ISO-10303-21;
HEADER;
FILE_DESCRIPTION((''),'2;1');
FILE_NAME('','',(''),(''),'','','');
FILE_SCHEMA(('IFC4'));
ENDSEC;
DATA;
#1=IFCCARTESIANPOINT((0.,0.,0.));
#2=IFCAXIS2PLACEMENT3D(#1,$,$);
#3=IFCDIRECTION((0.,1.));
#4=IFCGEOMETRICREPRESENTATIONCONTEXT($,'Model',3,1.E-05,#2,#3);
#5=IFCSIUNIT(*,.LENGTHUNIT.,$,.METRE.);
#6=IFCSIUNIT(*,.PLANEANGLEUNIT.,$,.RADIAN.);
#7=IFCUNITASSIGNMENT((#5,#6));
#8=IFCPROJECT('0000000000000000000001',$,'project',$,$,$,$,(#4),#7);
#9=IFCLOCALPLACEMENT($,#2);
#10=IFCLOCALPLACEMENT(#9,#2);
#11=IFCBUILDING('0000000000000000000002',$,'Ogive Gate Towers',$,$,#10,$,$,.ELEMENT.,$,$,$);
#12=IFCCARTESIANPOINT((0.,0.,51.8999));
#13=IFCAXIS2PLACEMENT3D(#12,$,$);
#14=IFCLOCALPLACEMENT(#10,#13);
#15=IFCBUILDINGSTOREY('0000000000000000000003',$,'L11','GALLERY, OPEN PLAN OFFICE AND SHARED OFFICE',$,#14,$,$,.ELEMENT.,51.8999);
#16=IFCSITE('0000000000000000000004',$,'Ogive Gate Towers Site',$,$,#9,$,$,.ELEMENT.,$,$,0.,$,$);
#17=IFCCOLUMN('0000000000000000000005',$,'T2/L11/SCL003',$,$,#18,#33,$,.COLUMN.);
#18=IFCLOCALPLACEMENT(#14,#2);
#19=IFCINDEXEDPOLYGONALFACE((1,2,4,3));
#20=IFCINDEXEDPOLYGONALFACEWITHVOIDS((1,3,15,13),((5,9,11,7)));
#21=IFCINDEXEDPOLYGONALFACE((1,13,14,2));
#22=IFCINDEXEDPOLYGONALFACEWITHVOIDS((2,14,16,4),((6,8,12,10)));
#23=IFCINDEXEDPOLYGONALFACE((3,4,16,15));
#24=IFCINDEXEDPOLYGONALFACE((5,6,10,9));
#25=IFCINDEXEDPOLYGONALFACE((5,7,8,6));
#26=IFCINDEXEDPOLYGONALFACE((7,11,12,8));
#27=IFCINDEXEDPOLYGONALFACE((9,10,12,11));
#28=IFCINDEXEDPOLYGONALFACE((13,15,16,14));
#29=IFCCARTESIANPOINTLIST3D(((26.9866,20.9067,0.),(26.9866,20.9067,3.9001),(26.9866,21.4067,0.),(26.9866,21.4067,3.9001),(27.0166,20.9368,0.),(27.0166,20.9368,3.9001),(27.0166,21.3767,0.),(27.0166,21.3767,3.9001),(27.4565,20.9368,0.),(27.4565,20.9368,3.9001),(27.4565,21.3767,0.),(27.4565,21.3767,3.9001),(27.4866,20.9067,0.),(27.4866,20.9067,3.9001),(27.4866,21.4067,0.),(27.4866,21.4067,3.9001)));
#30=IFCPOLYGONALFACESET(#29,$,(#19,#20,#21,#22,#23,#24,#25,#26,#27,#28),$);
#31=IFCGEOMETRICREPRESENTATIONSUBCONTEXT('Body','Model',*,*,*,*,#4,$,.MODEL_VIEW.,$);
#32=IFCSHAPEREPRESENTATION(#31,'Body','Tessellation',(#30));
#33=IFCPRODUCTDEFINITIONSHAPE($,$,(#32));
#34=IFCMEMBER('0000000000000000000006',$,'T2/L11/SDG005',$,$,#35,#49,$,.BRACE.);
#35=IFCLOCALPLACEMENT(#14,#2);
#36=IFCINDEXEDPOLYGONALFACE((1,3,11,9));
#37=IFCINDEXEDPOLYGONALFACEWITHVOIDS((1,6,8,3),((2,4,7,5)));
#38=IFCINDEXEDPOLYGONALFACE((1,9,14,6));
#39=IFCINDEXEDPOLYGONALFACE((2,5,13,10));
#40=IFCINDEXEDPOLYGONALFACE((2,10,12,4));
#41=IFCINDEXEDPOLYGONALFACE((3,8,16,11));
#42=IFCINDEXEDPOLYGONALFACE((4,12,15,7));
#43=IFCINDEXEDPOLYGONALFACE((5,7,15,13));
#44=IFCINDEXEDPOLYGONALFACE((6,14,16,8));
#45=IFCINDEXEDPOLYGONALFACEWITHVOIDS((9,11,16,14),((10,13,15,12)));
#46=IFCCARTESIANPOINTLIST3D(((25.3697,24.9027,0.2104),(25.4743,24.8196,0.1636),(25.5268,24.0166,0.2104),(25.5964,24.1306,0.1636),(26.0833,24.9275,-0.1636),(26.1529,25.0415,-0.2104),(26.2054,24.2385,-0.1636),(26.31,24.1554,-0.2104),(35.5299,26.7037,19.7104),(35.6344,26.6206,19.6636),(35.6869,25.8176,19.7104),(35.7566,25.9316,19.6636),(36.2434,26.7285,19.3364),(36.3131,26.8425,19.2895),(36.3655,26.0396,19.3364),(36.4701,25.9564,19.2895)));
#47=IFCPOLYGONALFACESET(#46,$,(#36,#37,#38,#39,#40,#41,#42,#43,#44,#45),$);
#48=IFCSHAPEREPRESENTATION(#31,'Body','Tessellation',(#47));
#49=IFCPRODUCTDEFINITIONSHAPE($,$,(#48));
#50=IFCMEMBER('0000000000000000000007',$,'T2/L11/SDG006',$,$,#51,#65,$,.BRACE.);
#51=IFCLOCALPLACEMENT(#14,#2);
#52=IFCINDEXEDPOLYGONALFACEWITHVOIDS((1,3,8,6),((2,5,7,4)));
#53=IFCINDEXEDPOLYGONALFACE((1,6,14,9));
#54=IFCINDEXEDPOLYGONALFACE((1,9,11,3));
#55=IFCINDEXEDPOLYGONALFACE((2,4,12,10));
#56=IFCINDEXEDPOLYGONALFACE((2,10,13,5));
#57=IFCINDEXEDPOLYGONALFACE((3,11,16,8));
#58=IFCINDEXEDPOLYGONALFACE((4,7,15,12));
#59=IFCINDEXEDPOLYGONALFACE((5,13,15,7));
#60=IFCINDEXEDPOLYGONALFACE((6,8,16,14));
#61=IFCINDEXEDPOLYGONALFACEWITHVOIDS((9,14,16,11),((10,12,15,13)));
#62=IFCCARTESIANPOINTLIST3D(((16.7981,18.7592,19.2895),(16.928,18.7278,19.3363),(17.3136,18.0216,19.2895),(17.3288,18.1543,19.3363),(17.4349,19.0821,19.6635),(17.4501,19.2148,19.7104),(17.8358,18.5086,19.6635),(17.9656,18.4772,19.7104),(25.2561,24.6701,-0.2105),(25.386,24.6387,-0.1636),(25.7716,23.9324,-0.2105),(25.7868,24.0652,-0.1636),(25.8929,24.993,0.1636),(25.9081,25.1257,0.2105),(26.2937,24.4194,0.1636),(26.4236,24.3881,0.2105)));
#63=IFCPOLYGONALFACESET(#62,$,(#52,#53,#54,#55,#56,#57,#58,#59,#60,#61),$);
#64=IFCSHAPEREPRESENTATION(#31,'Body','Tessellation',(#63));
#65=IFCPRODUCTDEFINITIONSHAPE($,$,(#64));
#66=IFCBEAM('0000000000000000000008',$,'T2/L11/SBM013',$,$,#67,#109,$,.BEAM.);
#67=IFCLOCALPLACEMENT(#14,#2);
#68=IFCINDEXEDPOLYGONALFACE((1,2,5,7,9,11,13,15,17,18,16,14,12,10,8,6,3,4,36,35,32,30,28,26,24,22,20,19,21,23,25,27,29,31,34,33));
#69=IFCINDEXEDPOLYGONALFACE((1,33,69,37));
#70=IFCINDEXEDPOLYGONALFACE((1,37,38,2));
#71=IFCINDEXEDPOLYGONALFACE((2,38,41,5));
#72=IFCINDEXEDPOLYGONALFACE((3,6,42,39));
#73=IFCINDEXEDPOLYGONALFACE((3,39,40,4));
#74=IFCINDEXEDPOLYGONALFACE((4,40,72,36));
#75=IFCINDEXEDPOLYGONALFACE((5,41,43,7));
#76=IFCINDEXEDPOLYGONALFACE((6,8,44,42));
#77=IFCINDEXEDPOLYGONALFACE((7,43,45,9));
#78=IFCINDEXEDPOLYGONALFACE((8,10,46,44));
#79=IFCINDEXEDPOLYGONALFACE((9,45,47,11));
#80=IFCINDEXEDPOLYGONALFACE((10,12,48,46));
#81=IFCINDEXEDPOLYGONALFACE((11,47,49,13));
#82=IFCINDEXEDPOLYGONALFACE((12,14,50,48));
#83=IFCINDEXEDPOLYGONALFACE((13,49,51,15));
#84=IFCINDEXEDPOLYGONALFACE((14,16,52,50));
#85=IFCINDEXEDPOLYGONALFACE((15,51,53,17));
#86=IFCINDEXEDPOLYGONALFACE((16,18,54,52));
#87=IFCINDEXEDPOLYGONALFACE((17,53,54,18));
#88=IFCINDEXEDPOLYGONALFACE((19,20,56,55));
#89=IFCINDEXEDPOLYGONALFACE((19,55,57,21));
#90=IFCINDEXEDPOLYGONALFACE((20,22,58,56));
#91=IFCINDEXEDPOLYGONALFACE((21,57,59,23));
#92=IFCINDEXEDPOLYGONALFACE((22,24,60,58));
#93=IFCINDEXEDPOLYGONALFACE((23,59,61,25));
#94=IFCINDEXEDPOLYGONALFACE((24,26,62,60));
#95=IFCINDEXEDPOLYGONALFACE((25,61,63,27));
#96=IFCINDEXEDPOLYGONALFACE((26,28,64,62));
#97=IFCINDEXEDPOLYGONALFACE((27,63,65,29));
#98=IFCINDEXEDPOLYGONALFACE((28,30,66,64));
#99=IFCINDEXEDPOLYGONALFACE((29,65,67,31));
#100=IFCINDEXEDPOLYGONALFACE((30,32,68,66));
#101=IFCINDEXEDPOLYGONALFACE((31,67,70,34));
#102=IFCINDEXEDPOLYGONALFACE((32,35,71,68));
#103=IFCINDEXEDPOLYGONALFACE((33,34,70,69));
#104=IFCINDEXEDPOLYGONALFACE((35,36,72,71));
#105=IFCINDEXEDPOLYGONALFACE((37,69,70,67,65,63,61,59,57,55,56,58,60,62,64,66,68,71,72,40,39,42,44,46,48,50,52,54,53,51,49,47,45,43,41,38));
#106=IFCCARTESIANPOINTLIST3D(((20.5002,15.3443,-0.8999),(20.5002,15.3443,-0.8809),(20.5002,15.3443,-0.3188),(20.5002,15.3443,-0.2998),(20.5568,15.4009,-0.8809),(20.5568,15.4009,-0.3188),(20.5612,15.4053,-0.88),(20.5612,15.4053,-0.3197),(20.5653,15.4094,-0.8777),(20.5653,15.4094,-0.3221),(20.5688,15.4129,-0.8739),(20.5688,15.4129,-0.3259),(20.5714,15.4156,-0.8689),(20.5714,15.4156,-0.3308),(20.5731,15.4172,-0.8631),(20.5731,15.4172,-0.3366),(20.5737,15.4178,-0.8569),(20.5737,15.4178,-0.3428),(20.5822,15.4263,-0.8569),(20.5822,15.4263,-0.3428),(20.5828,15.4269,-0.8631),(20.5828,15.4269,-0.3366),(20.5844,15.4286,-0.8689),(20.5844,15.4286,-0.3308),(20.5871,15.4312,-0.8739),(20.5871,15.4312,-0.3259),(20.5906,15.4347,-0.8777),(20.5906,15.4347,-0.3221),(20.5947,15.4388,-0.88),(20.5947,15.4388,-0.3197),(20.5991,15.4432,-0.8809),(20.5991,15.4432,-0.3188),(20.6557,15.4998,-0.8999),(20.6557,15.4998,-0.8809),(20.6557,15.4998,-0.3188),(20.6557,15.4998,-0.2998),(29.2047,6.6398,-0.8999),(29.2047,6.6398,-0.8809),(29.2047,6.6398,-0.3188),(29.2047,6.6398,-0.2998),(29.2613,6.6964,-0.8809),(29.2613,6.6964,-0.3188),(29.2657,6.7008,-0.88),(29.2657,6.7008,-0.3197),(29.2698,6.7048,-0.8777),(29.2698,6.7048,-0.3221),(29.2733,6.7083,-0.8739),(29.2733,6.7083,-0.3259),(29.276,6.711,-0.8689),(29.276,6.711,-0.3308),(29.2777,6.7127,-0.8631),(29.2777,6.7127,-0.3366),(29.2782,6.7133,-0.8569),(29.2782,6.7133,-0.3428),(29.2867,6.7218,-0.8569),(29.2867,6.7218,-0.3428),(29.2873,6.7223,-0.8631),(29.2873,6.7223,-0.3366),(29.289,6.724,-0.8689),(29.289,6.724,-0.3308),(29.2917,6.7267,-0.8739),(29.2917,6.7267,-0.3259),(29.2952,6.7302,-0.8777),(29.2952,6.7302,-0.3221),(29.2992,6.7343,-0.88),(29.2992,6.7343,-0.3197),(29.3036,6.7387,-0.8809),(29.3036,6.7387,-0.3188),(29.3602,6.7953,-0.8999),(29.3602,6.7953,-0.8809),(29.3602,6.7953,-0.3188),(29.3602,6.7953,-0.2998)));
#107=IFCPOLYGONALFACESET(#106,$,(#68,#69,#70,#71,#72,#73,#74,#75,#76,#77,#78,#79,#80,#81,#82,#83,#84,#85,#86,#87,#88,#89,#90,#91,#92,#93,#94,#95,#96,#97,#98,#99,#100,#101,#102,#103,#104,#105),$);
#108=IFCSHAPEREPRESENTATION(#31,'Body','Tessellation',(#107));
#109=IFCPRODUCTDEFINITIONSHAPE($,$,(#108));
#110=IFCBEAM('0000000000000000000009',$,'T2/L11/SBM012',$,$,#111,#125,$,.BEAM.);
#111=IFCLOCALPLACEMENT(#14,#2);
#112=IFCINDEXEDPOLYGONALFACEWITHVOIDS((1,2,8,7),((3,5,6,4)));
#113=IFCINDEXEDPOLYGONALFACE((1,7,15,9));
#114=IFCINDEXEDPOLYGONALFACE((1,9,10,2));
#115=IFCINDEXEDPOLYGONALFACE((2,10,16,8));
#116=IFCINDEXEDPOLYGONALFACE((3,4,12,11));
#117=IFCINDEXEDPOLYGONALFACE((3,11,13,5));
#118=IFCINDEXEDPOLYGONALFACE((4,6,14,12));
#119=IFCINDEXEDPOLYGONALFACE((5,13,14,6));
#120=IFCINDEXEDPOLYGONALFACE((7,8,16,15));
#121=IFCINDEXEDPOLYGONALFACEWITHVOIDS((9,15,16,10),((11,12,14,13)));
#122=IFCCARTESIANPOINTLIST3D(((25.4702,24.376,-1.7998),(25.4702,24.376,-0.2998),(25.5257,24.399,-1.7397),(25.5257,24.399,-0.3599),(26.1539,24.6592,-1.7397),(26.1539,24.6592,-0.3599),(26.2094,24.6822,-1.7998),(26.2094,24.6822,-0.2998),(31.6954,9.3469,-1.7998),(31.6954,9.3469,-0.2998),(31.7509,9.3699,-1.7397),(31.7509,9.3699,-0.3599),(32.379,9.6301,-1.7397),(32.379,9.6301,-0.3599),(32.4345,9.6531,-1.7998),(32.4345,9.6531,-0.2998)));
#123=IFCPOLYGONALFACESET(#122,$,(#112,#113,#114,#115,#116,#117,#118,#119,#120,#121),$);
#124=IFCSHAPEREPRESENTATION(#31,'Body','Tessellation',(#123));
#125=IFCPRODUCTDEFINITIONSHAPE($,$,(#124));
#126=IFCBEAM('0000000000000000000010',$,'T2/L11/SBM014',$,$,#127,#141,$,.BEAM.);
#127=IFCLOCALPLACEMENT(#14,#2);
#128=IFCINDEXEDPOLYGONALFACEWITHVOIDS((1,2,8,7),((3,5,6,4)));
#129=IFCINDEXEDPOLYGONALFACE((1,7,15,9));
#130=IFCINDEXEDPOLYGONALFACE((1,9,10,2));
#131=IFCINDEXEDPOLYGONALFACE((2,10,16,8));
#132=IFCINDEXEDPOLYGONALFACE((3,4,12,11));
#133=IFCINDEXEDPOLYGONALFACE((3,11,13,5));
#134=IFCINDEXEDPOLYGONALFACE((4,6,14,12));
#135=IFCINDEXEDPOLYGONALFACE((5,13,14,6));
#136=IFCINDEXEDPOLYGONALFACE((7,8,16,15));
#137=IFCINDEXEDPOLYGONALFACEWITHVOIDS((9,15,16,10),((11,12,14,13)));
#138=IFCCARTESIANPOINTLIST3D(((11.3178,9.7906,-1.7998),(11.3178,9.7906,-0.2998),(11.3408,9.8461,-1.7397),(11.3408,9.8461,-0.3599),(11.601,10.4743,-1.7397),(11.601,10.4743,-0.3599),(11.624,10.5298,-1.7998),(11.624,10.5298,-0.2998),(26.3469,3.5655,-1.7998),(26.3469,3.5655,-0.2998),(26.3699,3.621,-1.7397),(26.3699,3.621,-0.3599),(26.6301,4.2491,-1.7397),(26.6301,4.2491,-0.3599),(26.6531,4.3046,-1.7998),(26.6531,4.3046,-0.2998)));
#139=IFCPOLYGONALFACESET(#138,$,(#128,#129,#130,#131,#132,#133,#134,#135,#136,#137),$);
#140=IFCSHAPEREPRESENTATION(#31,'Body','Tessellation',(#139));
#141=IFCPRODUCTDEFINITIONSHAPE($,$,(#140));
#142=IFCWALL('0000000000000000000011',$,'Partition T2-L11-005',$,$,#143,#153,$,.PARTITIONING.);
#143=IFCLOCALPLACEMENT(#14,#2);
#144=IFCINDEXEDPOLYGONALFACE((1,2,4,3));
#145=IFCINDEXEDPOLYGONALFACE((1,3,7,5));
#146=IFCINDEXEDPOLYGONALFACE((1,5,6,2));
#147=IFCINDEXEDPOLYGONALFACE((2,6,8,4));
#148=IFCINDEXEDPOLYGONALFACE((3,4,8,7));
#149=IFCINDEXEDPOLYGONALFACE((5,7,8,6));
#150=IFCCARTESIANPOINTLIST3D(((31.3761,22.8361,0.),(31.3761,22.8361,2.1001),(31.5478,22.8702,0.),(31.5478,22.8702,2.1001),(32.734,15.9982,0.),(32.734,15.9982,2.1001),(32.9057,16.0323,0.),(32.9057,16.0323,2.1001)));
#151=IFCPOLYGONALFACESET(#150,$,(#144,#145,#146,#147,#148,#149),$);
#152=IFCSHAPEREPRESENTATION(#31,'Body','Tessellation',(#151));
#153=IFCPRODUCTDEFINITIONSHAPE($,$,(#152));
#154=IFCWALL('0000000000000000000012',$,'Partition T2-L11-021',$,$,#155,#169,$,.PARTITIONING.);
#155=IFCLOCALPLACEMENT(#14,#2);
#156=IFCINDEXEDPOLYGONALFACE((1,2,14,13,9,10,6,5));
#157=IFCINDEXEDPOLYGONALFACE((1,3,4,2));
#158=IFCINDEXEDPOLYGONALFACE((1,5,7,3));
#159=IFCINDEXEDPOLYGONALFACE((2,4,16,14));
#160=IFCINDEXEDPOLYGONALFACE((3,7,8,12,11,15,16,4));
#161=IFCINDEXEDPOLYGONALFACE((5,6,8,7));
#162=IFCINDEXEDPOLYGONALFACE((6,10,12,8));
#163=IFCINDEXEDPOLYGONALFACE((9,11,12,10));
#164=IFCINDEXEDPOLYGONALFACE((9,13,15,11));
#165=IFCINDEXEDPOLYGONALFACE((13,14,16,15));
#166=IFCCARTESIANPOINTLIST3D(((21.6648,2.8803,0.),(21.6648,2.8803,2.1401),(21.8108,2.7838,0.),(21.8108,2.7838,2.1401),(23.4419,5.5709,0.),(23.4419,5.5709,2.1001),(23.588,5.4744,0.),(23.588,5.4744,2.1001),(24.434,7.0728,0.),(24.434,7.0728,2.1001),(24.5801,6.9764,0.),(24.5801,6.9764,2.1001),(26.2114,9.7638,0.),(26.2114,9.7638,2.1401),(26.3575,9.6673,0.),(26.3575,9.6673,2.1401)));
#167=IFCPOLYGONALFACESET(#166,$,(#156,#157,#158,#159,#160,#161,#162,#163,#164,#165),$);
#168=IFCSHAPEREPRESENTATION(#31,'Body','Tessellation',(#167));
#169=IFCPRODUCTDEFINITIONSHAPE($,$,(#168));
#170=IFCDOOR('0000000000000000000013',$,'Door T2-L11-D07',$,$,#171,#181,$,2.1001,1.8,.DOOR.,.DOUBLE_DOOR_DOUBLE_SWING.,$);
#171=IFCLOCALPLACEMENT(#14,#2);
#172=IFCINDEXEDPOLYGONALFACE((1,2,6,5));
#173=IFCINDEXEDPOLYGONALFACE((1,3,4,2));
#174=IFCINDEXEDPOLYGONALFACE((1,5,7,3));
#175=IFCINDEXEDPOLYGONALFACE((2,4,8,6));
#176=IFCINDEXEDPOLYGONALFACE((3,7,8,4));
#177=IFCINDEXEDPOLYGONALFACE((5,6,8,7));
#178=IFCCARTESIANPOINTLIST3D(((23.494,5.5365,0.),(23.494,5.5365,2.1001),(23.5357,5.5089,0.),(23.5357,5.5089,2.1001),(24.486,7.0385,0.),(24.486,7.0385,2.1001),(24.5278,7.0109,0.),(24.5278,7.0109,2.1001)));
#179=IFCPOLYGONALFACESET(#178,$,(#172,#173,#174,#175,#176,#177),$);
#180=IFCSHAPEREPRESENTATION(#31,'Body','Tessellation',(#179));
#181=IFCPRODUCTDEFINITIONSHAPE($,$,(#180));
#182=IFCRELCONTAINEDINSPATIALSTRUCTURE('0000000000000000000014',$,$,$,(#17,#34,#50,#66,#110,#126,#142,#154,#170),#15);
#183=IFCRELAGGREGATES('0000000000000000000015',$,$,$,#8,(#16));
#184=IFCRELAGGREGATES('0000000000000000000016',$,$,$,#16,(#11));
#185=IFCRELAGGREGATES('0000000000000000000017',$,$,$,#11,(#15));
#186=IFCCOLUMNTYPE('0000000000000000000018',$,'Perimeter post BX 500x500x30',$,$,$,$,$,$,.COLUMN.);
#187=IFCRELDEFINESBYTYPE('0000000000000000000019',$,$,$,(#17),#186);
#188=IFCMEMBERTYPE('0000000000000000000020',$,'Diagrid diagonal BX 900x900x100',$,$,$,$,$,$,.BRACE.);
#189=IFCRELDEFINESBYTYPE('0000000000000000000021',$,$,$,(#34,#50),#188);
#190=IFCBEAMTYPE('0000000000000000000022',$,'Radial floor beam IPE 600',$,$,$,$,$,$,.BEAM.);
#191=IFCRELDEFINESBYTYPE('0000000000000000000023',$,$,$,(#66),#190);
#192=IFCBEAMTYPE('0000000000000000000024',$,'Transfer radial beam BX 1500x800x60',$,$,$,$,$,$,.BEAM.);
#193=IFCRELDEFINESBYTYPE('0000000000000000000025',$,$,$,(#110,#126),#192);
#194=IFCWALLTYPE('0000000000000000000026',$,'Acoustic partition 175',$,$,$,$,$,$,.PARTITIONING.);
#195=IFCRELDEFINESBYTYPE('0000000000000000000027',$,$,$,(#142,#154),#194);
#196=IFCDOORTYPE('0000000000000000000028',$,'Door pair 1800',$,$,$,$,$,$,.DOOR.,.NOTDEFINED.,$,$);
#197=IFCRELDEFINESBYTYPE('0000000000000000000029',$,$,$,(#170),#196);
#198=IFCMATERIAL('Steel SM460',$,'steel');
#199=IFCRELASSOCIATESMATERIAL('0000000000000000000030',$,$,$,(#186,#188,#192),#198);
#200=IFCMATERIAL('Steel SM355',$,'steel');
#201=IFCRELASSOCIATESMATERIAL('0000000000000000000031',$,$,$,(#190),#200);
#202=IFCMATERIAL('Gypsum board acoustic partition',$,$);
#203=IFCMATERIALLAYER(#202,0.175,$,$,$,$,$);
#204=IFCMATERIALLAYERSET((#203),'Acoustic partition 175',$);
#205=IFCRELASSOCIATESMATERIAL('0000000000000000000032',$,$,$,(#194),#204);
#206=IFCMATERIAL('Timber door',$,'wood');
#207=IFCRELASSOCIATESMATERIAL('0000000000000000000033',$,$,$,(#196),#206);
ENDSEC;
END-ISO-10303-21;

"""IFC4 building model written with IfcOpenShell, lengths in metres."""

from ifc_helpers import new_model, si_unit, direction, frame, frame_2d, origin, origin_2d, place, context, subcontext, project, spatial, rectangle, hollow_rectangle, i_section, extrude, material, layer, layer_set, material_profile, profile_set, type_object, element, fill, save


model = new_model("IFC4")

# Units and contexts
model_context = context("Model", 3, precision=1e-05, world=origin(), true_north=direction((0.0, 1.0)))
body_context = subcontext(model_context, "Body", "Model", "MODEL_VIEW")
ifc_project = project(units=[si_unit("LENGTHUNIT", "METRE"), si_unit("PLANEANGLEUNIT", "RADIAN")], contexts=[model_context])

# Site, building, storey
site_placement = place(None, origin())
site = spatial("IfcSite", under=ifc_project, at=site_placement, Name="Ogive Gate Towers Site", CompositionType="ELEMENT", RefElevation=0.0)
building_placement = place(site_placement, origin())
building = spatial("IfcBuilding", under=site, at=building_placement, Name="Ogive Gate Towers", CompositionType="ELEMENT")
storey_placement = place(building_placement, frame((0.0, 0.0, 51.8999)))
storey = spatial("IfcBuildingStorey", under=building, at=storey_placement, Name="L11", Description="GALLERY, OPEN PLAN OFFICE AND SHARED OFFICE", CompositionType="ELEMENT", Elevation=51.8999)

# Column
ifc_material_1 = material(Name="Steel SM460", Category="steel")
ifc_material_profile_1 = material_profile(ifc_material_1, hollow_rectangle(XDim=0.5, YDim=0.5, WallThickness=0.03, at=origin_2d()), Name="BX 500x500x30")
ifc_profile_set_1 = profile_set([ifc_material_profile_1], Name="Steel SM460")
column_type = type_object("IfcColumnType", Name="Perimeter post BX 500x500x30", PredefinedType="COLUMN", material=ifc_profile_set_1)
column_placement = place(storey_placement, frame((27.2366, 21.1567, 0.0), z_axis=(0.0, 0.0, 1.0), x_axis=(1.0, 0.0, 0.0)))
element("IfcColumn", 1, at=column_placement, inside=storey, type_object=column_type, Name="T2/L11/SCL003", PredefinedType="COLUMN", context=body_context, shape_type="SweptSolid", body=[
    extrude(hollow_rectangle(XDim=0.5, YDim=0.5, WallThickness=0.03, at=origin_2d()), origin(), (0.0, 0.0, 1.0), 3.9001),
])

# Members
ifc_material_profile_2 = material_profile(ifc_material_1, hollow_rectangle(XDim=0.8999, YDim=0.8999, WallThickness=0.1001, at=origin_2d()), Name="BX 900x900x100")
ifc_profile_set_2 = profile_set([ifc_material_profile_2], Name="Steel SM460")
member_type = type_object("IfcMemberType", Name="Diagrid diagonal BX 900x900x100", PredefinedType="BRACE", material=ifc_profile_set_2)
for number, where, z_axis, x_axis, name in (
    (2, (25.8398, 24.5291, 0.0), (0.460532, 0.081636, 0.883881), (-0.174542, 0.98465, 0.0), "T2/L11/SDG005"),
    (3, (25.8398, 24.5291, 0.0), (-0.383377, -0.267923, 0.883878), (0.57283, -0.819674, 0.0), "T2/L11/SDG006"),
):
    element("IfcMember", number, at=place(storey_placement, frame(where, z_axis=z_axis, x_axis=x_axis)), inside=storey, type_object=member_type, Name=name, PredefinedType="BRACE", context=body_context, shape_type="SweptSolid", body=[
        extrude(hollow_rectangle(XDim=0.8999, YDim=0.8999, WallThickness=0.1001, at=origin_2d()), origin(), (0.0, 0.0, 1.0), 22.0618),
    ])

# Beams
ifc_material_2 = material(Name="Steel SM355", Category="steel")
ifc_material_profile_3 = material_profile(ifc_material_2, i_section(OverallWidth=0.22, OverallDepth=0.6001, WebThickness=0.012, FlangeThickness=0.019, FilletRadius=0.0239, at=origin_2d()), Name="IPE 600")
ifc_profile_set_3 = profile_set([ifc_material_profile_3], Name="Steel SM355")
beam_type_1 = type_object("IfcBeamType", Name="Radial floor beam IPE 600", PredefinedType="BEAM", material=ifc_profile_set_3)
beam_placement = place(storey_placement, frame((29.2825, 6.7175, -0.5999), z_axis=(-0.707107, 0.707107, 0.0), x_axis=(-0.707107, -0.707107, 0.0)))
element("IfcBeam", 4, at=beam_placement, inside=storey, type_object=beam_type_1, Name="T2/L11/SBM013", PredefinedType="BEAM", context=body_context, shape_type="SweptSolid", body=[
    extrude(i_section(OverallWidth=0.22, OverallDepth=0.6001, WebThickness=0.012, FlangeThickness=0.019, FilletRadius=0.0239, at=origin_2d()), origin(), (0.0, 0.0, 1.0), 12.3101),
])
ifc_material_profile_4 = material_profile(ifc_material_1, hollow_rectangle(XDim=0.8, YDim=1.5, WallThickness=0.0601, at=origin_2d()), Name="BX 1500x800x60")
ifc_profile_set_4 = profile_set([ifc_material_profile_4], Name="Steel SM460")
beam_type_2 = type_object("IfcBeamType", Name="Transfer radial beam BX 1500x800x60", PredefinedType="BEAM", material=ifc_profile_set_4)
for number, where, z_axis, x_axis, name in (
    (5, (32.0649, 9.5, -1.0498), (-0.382676, 0.923883, 0.0), (-0.923883, -0.382676, 0.0), "T2/L11/SBM012"),
    (6, (26.5, 3.9351, -1.0498), (-0.923883, 0.382676, 0.0), (-0.382676, -0.923883, 0.0), "T2/L11/SBM014"),
):
    element("IfcBeam", number, at=place(storey_placement, frame(where, z_axis=z_axis, x_axis=x_axis)), inside=storey, type_object=beam_type_2, Name=name, PredefinedType="BEAM", context=body_context, shape_type="SweptSolid", body=[
        extrude(hollow_rectangle(XDim=0.8, YDim=1.5, WallThickness=0.0601, at=origin_2d()), origin(), (0.0, 0.0, 1.0), 16.2673),
    ])

# Wall
ifc_material_3 = material(Name="Gypsum board acoustic partition")
ifc_layer_1 = layer(ifc_material_3, 0.175)
ifc_layer_set_1 = layer_set([ifc_layer_1], Name="Acoustic partition 175")
wall_type_1 = type_object("IfcWallType", Name="Acoustic partition 175", PredefinedType="PARTITIONING", material=ifc_layer_set_1)
wall_1_placement = place(storey_placement, frame((31.4619, 22.8533, 0.0), z_axis=(0.0, 0.0, 1.0), x_axis=(0.194782, -0.980846, 0.0)))
element("IfcWall", 7, at=wall_1_placement, inside=storey, type_object=wall_type_1, Name="Partition T2-L11-005", PredefinedType="PARTITIONING", context=body_context, shape_type="SweptSolid", body=[
    extrude(rectangle(XDim=6.9714, YDim=0.175, at=frame_2d((3.4858, 0.0))), origin(), (0.0, 0.0, 1.0), 2.1001),
])

# Wall, opening, door
wall_2_placement = place(storey_placement, frame((26.2844, 9.7156, 0.0), z_axis=(0.0, 0.0, 1.0), x_axis=(-0.551137, -0.834415, 0.0)))
wall_2 = element("IfcWall", 8, at=wall_2_placement, inside=storey, type_object=wall_type_1, Name="Partition T2-L11-021", PredefinedType="PARTITIONING", context=body_context, shape_type="SweptSolid", body=[
    extrude(rectangle(XDim=8.2495, YDim=0.175, at=frame_2d((4.1248, 0.0))), origin(), (0.0, 0.0, 1.0), 2.1401),
])
opening_1_placement = place(wall_2_placement, frame((3.2251, 0.0, 0.0)))
opening_1 = element("IfcOpeningElement", 9, at=opening_1_placement, cuts=wall_2, PredefinedType="OPENING", context=body_context, shape_type="SweptSolid", body=[
    extrude(rectangle(XDim=1.8, YDim=2.1001, at=frame_2d((0.8999, 1.05))), frame((0.0, 0.0977, 0.0), z_axis=(0.0, -1.0, 0.0), x_axis=(1.0, 0.0, 0.0)), (0.0, 0.0, 1.0), 0.1951),
])
ifc_material_4 = material(Name="Timber door", Category="wood")
door_type_1 = type_object("IfcDoorType", Name="Door pair 1800", OperationType="NOTDEFINED", PredefinedType="DOOR", material=ifc_material_4)
door_1_placement = place(opening_1_placement, origin())
door_1 = element("IfcDoor", 10, at=door_1_placement, inside=storey, type_object=door_type_1, Name="Door T2-L11-D07", OperationType="DOUBLE_DOOR_DOUBLE_SWING", OverallHeight=2.1001, OverallWidth=1.8, PredefinedType="DOOR", context=body_context, shape_type="SweptSolid", body=[
    extrude(rectangle(XDim=1.8, YDim=2.1001, at=frame_2d((0.8999, 1.05))), frame((0.0, 0.0249, 0.0), z_axis=(0.0, -1.0, 0.0), x_axis=(1.0, 0.0, 0.0)), (0.0, 0.0, 1.0), 0.05),
])
fill(opening_1, door_1)

save(model, "model.ifc")
